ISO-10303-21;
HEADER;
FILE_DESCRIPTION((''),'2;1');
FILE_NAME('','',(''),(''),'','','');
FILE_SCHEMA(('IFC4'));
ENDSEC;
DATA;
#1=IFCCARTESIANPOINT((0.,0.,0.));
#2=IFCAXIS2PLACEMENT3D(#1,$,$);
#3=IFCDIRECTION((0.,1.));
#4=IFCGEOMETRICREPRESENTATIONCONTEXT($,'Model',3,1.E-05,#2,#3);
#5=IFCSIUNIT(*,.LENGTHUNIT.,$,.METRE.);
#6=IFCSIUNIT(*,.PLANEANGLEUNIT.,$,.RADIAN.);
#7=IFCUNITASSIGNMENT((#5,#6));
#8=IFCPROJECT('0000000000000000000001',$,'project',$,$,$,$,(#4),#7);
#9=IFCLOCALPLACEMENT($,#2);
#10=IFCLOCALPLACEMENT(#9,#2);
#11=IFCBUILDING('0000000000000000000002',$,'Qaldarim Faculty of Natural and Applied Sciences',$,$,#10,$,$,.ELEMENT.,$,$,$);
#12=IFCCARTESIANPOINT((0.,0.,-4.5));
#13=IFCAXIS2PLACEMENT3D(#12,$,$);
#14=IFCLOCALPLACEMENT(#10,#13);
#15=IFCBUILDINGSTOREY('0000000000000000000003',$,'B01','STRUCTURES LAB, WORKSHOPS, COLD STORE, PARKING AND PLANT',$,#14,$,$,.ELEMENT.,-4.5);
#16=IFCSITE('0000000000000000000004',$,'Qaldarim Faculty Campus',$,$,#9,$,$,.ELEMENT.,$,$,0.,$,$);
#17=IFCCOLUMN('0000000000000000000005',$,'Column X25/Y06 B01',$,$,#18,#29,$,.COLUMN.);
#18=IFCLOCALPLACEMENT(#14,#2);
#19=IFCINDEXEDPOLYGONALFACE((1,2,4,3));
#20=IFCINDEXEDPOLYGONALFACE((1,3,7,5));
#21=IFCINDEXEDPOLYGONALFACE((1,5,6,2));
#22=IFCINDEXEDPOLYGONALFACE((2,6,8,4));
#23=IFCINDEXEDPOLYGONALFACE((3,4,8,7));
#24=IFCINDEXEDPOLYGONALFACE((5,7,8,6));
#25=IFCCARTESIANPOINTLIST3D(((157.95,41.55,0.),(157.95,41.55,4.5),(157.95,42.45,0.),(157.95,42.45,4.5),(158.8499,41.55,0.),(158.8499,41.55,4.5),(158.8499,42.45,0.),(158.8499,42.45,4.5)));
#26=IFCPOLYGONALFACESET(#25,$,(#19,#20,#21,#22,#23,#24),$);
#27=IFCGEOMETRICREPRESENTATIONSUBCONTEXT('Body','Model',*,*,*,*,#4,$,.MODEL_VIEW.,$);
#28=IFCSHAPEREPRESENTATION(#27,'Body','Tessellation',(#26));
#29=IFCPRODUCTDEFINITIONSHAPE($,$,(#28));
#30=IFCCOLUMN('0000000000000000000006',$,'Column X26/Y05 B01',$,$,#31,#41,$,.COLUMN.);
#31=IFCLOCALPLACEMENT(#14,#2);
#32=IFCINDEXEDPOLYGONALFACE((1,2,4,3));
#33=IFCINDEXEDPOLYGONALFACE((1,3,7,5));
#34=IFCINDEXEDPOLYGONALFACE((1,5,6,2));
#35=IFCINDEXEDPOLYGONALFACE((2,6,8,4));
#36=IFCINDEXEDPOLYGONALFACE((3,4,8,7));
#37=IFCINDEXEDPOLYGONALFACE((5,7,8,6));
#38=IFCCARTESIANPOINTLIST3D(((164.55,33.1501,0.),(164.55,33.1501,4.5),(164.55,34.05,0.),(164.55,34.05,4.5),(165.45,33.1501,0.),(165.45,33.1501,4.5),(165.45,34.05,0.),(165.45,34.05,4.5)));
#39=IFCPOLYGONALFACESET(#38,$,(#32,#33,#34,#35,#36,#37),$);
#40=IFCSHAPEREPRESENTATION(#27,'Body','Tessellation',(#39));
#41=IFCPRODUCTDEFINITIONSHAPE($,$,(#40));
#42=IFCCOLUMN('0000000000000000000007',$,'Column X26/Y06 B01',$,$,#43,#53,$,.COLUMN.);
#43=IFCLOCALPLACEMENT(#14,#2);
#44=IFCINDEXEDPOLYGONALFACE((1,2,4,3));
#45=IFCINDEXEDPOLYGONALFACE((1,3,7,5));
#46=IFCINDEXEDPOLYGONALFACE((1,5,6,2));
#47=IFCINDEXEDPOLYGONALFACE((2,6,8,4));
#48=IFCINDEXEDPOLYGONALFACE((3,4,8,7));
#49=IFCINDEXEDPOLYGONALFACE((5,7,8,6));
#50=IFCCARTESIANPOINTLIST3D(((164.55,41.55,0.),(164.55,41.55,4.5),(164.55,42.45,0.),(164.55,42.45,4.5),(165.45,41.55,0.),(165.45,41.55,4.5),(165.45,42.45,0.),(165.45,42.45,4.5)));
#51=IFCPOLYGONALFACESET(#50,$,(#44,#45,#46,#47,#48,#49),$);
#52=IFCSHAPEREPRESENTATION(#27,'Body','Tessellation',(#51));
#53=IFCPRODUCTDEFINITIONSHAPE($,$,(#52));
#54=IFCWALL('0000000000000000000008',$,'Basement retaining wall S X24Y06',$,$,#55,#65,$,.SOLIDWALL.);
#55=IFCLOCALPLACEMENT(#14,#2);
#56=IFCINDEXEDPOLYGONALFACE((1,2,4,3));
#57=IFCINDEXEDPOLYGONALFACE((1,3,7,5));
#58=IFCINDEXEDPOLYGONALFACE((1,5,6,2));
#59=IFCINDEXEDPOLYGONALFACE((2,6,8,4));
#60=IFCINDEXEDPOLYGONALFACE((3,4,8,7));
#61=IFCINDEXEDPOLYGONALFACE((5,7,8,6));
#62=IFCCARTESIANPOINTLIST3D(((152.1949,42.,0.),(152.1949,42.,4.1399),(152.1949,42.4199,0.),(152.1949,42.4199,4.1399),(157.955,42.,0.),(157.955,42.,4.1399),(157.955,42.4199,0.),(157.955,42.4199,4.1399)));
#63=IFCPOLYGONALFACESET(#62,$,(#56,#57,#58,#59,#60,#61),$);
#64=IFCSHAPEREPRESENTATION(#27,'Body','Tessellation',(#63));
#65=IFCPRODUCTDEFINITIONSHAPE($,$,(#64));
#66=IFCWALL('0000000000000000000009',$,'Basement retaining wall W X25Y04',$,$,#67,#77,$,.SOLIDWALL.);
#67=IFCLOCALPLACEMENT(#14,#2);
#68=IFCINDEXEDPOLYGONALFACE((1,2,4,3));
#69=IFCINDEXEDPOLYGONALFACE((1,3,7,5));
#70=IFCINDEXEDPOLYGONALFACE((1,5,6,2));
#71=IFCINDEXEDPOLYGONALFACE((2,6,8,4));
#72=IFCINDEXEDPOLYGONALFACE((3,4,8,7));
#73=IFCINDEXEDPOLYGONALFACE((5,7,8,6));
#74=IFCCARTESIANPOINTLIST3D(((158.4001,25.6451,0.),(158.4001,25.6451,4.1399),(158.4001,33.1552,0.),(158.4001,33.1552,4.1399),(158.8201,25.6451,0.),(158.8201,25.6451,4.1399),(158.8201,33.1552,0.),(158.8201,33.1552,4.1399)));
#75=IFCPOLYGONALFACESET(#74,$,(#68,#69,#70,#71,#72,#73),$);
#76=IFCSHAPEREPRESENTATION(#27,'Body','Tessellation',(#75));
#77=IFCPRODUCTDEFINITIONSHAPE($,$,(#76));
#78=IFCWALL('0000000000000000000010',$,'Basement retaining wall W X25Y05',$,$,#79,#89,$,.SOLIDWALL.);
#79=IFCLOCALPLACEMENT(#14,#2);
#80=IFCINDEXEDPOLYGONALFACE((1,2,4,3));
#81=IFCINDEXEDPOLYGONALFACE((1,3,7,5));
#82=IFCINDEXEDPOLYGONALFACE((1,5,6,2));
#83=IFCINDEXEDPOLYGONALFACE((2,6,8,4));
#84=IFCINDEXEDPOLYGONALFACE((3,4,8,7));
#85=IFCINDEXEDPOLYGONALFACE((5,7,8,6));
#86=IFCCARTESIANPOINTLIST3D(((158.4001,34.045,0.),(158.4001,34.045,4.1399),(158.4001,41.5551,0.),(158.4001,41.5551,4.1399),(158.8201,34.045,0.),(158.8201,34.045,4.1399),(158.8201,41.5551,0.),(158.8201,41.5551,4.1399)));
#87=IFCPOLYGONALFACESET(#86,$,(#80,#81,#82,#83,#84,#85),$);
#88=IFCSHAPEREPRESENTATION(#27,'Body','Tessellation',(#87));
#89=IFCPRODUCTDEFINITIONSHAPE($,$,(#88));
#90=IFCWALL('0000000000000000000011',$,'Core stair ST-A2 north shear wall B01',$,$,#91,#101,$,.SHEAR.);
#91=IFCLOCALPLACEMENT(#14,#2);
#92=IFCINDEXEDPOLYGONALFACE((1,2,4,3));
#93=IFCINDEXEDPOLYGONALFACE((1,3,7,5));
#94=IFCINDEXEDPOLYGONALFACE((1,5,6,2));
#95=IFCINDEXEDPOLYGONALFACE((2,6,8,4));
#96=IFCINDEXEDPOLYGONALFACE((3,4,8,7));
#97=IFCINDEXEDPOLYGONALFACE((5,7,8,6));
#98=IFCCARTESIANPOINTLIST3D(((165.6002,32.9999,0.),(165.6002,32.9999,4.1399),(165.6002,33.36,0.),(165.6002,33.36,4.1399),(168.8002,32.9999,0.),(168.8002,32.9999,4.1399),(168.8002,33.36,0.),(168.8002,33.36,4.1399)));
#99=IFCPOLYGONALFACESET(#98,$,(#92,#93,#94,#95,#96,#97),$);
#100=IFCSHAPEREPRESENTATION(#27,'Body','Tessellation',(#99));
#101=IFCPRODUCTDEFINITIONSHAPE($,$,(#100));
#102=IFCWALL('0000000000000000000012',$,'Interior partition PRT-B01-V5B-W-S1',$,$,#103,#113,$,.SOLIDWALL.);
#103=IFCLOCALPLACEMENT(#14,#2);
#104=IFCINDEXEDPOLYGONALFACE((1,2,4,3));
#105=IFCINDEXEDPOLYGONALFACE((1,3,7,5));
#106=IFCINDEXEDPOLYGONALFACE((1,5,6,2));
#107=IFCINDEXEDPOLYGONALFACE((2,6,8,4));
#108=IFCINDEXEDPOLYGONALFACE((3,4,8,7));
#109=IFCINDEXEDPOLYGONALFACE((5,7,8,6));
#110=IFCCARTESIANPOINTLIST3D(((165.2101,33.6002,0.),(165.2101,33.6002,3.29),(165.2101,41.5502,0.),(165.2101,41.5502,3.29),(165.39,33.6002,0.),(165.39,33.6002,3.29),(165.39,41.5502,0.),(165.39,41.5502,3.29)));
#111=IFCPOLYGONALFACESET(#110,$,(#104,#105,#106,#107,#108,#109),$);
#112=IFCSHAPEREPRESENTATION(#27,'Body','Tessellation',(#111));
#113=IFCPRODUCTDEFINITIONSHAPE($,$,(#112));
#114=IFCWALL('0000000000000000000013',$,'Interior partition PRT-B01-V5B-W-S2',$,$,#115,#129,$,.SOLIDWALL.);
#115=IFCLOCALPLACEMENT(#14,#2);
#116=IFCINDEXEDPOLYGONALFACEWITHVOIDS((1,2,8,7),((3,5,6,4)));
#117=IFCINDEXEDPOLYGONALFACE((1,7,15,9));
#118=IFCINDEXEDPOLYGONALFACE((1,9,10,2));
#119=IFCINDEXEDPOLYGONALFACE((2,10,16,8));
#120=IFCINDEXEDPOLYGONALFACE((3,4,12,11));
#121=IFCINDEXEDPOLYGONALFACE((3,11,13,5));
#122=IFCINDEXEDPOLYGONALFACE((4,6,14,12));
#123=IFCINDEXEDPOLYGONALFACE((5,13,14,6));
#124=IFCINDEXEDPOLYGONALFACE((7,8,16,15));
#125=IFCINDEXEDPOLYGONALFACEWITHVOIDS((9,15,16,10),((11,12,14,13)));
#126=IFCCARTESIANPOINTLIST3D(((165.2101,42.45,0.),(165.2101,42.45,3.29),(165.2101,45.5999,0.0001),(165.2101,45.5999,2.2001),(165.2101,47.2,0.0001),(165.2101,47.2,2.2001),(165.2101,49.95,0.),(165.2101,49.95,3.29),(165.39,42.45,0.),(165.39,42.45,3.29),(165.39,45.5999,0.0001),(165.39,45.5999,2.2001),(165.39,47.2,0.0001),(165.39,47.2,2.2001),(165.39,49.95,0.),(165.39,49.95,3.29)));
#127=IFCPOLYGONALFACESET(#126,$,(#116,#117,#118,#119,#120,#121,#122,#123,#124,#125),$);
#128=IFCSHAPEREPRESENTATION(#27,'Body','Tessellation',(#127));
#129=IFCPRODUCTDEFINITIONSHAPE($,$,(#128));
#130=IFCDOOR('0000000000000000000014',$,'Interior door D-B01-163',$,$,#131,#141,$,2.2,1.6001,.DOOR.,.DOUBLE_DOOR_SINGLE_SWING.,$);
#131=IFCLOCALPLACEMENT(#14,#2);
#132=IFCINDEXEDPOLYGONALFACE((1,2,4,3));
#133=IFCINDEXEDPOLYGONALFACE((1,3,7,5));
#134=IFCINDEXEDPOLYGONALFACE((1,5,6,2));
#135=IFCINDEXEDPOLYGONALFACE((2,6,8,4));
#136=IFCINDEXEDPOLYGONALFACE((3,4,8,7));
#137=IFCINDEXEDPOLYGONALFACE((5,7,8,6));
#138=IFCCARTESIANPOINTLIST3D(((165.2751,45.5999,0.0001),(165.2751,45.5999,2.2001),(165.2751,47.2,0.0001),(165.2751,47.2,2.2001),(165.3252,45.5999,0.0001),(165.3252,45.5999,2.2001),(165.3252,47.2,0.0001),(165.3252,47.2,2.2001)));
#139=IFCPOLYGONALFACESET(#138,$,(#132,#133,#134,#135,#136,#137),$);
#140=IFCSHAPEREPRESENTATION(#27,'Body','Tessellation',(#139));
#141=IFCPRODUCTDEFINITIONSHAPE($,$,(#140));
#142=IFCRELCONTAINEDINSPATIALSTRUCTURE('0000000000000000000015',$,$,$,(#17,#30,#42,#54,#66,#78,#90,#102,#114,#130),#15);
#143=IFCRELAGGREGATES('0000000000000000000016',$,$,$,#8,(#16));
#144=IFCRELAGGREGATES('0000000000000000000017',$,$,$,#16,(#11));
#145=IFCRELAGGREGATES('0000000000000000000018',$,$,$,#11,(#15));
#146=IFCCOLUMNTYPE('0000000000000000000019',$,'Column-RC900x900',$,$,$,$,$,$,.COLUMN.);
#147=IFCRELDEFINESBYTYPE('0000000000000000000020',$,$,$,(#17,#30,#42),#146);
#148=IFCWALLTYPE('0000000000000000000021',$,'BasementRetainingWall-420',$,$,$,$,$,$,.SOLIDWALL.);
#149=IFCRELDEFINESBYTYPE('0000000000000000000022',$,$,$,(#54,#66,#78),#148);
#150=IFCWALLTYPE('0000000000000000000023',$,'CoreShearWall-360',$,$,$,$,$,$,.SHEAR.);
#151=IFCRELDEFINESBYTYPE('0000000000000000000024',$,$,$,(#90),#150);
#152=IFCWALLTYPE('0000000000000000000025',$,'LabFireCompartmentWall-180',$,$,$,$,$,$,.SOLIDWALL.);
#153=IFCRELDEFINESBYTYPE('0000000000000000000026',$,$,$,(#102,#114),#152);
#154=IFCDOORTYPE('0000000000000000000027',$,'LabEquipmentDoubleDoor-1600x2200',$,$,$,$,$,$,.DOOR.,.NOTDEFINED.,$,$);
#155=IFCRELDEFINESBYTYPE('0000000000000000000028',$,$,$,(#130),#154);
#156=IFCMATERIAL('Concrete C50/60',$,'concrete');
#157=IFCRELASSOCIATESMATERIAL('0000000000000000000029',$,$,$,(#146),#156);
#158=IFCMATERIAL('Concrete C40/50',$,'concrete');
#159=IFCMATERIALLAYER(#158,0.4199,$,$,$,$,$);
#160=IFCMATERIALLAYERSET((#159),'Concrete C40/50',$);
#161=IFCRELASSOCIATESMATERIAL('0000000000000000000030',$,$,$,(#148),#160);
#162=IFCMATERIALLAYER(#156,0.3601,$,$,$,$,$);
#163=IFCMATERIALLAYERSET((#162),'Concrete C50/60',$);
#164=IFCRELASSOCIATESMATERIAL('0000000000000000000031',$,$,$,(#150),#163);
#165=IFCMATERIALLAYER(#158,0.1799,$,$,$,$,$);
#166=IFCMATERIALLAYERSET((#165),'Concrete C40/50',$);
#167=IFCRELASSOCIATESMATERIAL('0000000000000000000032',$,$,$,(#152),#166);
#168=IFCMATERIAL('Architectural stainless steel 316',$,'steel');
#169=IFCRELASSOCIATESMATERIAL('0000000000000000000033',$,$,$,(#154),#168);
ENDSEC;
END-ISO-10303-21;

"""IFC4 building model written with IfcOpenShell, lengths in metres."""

from ifc_helpers import new_model, si_unit, direction, frame, frame_2d, origin, origin_2d, place, context, subcontext, project, spatial, rectangle, extrude, material, layer, layer_set, material_profile, profile_set, type_object, element, fill, save


model = new_model("IFC4")

# Units and contexts
model_context = context("Model", 3, precision=1e-05, world=origin(), true_north=direction((0.0, 1.0)))
body_context = subcontext(model_context, "Body", "Model", "MODEL_VIEW")
ifc_project = project(units=[si_unit("LENGTHUNIT", "METRE"), si_unit("PLANEANGLEUNIT", "RADIAN")], contexts=[model_context])

# Site, building, storey
site_placement = place(None, origin())
site = spatial("IfcSite", under=ifc_project, at=site_placement, Name="Qaldarim Faculty Campus", CompositionType="ELEMENT", RefElevation=0.0)
building_placement = place(site_placement, origin())
building = spatial("IfcBuilding", under=site, at=building_placement, Name="Qaldarim Faculty of Natural and Applied Sciences", CompositionType="ELEMENT")
storey_placement = place(building_placement, frame((0.0, 0.0, -4.5)))
storey = spatial("IfcBuildingStorey", under=building, at=storey_placement, Name="B01", Description="STRUCTURES LAB, WORKSHOPS, COLD STORE, PARKING AND PLANT", CompositionType="ELEMENT", Elevation=-4.5)

# Shared definitions
ifc_material_1 = material(Name="Concrete C40/50", Category="concrete")

# Columns
ifc_material_2 = material(Name="Concrete C50/60", Category="concrete")
ifc_material_profile_1 = material_profile(ifc_material_2, rectangle(XDim=0.8999, YDim=0.8999, at=origin_2d()), Name="RC-C900x900")
ifc_profile_set_1 = profile_set([ifc_material_profile_1], Name="Concrete C50/60")
column_type_1 = type_object("IfcColumnType", Name="Column-RC900x900", PredefinedType="COLUMN", material=ifc_profile_set_1)
for number, where, z_axis, x_axis, name in (
    (1, (158.3999, 42.0, 0.0), (0.0, 0.0, 1.0), (1.0, 0.0, 0.0), "Column X25/Y06 B01"),
    (2, (165.0, 33.6001, 0.0), (0.0, 0.0, 1.0), (1.0, 0.0, 0.0), "Column X26/Y05 B01"),
    (3, (165.0, 42.0, 0.0), (0.0, 0.0, 1.0), (1.0, 0.0, 0.0), "Column X26/Y06 B01"),
):
    element("IfcColumn", number, at=place(storey_placement, frame(where, z_axis=z_axis, x_axis=x_axis)), inside=storey, type_object=column_type_1, Name=name, PredefinedType="COLUMN", context=body_context, shape_type="SweptSolid", body=[
        extrude(rectangle(XDim=0.8999, YDim=0.8999, at=origin_2d()), origin(), (0.0, 0.0, 1.0), 4.5),
    ])

# Walls
ifc_layer_1 = layer(ifc_material_1, 0.4199)
ifc_layer_set_1 = layer_set([ifc_layer_1], Name="Concrete C40/50")
wall_type_1 = type_object("IfcWallType", Name="BasementRetainingWall-420", PredefinedType="SOLIDWALL", material=ifc_layer_set_1)
wall_1_placement = place(storey_placement, frame((152.1951, 42.21, 0.0), z_axis=(0.0, 0.0, 1.0), x_axis=(1.0, 0.0, 0.0)))
element("IfcWall", 4, at=wall_1_placement, inside=storey, type_object=wall_type_1, Name="Basement retaining wall S X24Y06", PredefinedType="SOLIDWALL", context=body_context, shape_type="SweptSolid", body=[
    extrude(rectangle(XDim=5.76, YDim=0.4199, at=frame_2d((2.8799, 0.0))), origin(), (0.0, 0.0, 1.0), 4.1399),
])
for number, where, z_axis, x_axis, name in (
    (5, (158.6101, 33.155, 0.0), (0.0, 0.0, 1.0), (0.0, -1.0, 0.0), "Basement retaining wall W X25Y04"),
    (6, (158.6101, 41.5549, 0.0), (0.0, 0.0, 1.0), (0.0, -1.0, 0.0), "Basement retaining wall W X25Y05"),
):
    element("IfcWall", number, at=place(storey_placement, frame(where, z_axis=z_axis, x_axis=x_axis)), inside=storey, type_object=wall_type_1, Name=name, PredefinedType="SOLIDWALL", context=body_context, shape_type="SweptSolid", body=[
        extrude(rectangle(XDim=7.51, YDim=0.4199, at=frame_2d((3.7549, 0.0))), origin(), (0.0, 0.0, 1.0), 4.1399),
    ])
ifc_layer_2 = layer(ifc_material_2, 0.3601)
ifc_layer_set_2 = layer_set([ifc_layer_2], Name="Concrete C50/60")
wall_type_2 = type_object("IfcWallType", Name="CoreShearWall-360", PredefinedType="SHEAR", material=ifc_layer_set_2)
wall_2_placement = place(storey_placement, frame((165.6001, 33.1799, 0.0), z_axis=(0.0, 0.0, 1.0), x_axis=(1.0, 0.0, 0.0)))
element("IfcWall", 7, at=wall_2_placement, inside=storey, type_object=wall_type_2, Name="Core stair ST-A2 north shear wall B01", PredefinedType="SHEAR", context=body_context, shape_type="SweptSolid", body=[
    extrude(rectangle(XDim=3.2, YDim=0.3601, at=frame_2d((1.6001, 0.0))), origin(), (0.0, 0.0, 1.0), 4.1399),
])
ifc_layer_3 = layer(ifc_material_1, 0.1799)
ifc_layer_set_3 = layer_set([ifc_layer_3], Name="Concrete C40/50")
wall_type_3 = type_object("IfcWallType", Name="LabFireCompartmentWall-180", PredefinedType="SOLIDWALL", material=ifc_layer_set_3)
wall_3_placement = place(storey_placement, frame((165.3, 33.6001, 0.0), z_axis=(0.0, 0.0, 1.0), x_axis=(0.0, 1.0, 0.0)))
element("IfcWall", 8, at=wall_3_placement, inside=storey, type_object=wall_type_3, Name="Interior partition PRT-B01-V5B-W-S1", PredefinedType="SOLIDWALL", context=body_context, shape_type="SweptSolid", body=[
    extrude(rectangle(XDim=7.95, YDim=0.1799, at=frame_2d((3.9751, 0.0))), origin(), (0.0, 0.0, 1.0), 3.29),
])

# Wall, opening, door
wall_4_placement = place(storey_placement, frame((165.3, 42.45, 0.0), z_axis=(0.0, 0.0, 1.0), x_axis=(0.0, 1.0, 0.0)))
wall_4 = element("IfcWall", 9, at=wall_4_placement, inside=storey, type_object=wall_type_3, Name="Interior partition PRT-B01-V5B-W-S2", PredefinedType="SOLIDWALL", context=body_context, shape_type="SweptSolid", body=[
    extrude(rectangle(XDim=7.5, YDim=0.1799, at=frame_2d((3.75, 0.0))), origin(), (0.0, 0.0, 1.0), 3.29),
])
opening_placement = place(wall_4_placement, frame((3.1499, 0.0, 0.0)))
opening = element("IfcOpeningElement", 10, at=opening_placement, cuts=wall_4, PredefinedType="OPENING", context=body_context, shape_type="SweptSolid", body=[
    extrude(rectangle(XDim=1.6001, YDim=2.2, at=frame_2d((0.8, 1.1001))), frame((0.0, 0.0999, 0.0), z_axis=(0.0, -1.0, 0.0), x_axis=(1.0, 0.0, 0.0)), (0.0, 0.0, 1.0), 0.2),
])
ifc_material_3 = material(Name="Architectural stainless steel 316", Category="steel")
door_type = type_object("IfcDoorType", Name="LabEquipmentDoubleDoor-1600x2200", OperationType="NOTDEFINED", PredefinedType="DOOR", material=ifc_material_3)
door_placement = place(opening_placement, origin())
door = element("IfcDoor", 11, at=door_placement, inside=storey, type_object=door_type, Name="Interior door D-B01-163", OperationType="DOUBLE_DOOR_SINGLE_SWING", OverallHeight=2.2, OverallWidth=1.6001, PredefinedType="DOOR", context=body_context, shape_type="SweptSolid", body=[
    extrude(rectangle(XDim=1.6001, YDim=2.2, at=frame_2d((0.8, 1.1001))), frame((0.0, 0.0249, 0.0), z_axis=(0.0, -1.0, 0.0), x_axis=(1.0, 0.0, 0.0)), (0.0, 0.0, 1.0), 0.05),
])
fill(opening, door)

save(model, "model.ifc")
